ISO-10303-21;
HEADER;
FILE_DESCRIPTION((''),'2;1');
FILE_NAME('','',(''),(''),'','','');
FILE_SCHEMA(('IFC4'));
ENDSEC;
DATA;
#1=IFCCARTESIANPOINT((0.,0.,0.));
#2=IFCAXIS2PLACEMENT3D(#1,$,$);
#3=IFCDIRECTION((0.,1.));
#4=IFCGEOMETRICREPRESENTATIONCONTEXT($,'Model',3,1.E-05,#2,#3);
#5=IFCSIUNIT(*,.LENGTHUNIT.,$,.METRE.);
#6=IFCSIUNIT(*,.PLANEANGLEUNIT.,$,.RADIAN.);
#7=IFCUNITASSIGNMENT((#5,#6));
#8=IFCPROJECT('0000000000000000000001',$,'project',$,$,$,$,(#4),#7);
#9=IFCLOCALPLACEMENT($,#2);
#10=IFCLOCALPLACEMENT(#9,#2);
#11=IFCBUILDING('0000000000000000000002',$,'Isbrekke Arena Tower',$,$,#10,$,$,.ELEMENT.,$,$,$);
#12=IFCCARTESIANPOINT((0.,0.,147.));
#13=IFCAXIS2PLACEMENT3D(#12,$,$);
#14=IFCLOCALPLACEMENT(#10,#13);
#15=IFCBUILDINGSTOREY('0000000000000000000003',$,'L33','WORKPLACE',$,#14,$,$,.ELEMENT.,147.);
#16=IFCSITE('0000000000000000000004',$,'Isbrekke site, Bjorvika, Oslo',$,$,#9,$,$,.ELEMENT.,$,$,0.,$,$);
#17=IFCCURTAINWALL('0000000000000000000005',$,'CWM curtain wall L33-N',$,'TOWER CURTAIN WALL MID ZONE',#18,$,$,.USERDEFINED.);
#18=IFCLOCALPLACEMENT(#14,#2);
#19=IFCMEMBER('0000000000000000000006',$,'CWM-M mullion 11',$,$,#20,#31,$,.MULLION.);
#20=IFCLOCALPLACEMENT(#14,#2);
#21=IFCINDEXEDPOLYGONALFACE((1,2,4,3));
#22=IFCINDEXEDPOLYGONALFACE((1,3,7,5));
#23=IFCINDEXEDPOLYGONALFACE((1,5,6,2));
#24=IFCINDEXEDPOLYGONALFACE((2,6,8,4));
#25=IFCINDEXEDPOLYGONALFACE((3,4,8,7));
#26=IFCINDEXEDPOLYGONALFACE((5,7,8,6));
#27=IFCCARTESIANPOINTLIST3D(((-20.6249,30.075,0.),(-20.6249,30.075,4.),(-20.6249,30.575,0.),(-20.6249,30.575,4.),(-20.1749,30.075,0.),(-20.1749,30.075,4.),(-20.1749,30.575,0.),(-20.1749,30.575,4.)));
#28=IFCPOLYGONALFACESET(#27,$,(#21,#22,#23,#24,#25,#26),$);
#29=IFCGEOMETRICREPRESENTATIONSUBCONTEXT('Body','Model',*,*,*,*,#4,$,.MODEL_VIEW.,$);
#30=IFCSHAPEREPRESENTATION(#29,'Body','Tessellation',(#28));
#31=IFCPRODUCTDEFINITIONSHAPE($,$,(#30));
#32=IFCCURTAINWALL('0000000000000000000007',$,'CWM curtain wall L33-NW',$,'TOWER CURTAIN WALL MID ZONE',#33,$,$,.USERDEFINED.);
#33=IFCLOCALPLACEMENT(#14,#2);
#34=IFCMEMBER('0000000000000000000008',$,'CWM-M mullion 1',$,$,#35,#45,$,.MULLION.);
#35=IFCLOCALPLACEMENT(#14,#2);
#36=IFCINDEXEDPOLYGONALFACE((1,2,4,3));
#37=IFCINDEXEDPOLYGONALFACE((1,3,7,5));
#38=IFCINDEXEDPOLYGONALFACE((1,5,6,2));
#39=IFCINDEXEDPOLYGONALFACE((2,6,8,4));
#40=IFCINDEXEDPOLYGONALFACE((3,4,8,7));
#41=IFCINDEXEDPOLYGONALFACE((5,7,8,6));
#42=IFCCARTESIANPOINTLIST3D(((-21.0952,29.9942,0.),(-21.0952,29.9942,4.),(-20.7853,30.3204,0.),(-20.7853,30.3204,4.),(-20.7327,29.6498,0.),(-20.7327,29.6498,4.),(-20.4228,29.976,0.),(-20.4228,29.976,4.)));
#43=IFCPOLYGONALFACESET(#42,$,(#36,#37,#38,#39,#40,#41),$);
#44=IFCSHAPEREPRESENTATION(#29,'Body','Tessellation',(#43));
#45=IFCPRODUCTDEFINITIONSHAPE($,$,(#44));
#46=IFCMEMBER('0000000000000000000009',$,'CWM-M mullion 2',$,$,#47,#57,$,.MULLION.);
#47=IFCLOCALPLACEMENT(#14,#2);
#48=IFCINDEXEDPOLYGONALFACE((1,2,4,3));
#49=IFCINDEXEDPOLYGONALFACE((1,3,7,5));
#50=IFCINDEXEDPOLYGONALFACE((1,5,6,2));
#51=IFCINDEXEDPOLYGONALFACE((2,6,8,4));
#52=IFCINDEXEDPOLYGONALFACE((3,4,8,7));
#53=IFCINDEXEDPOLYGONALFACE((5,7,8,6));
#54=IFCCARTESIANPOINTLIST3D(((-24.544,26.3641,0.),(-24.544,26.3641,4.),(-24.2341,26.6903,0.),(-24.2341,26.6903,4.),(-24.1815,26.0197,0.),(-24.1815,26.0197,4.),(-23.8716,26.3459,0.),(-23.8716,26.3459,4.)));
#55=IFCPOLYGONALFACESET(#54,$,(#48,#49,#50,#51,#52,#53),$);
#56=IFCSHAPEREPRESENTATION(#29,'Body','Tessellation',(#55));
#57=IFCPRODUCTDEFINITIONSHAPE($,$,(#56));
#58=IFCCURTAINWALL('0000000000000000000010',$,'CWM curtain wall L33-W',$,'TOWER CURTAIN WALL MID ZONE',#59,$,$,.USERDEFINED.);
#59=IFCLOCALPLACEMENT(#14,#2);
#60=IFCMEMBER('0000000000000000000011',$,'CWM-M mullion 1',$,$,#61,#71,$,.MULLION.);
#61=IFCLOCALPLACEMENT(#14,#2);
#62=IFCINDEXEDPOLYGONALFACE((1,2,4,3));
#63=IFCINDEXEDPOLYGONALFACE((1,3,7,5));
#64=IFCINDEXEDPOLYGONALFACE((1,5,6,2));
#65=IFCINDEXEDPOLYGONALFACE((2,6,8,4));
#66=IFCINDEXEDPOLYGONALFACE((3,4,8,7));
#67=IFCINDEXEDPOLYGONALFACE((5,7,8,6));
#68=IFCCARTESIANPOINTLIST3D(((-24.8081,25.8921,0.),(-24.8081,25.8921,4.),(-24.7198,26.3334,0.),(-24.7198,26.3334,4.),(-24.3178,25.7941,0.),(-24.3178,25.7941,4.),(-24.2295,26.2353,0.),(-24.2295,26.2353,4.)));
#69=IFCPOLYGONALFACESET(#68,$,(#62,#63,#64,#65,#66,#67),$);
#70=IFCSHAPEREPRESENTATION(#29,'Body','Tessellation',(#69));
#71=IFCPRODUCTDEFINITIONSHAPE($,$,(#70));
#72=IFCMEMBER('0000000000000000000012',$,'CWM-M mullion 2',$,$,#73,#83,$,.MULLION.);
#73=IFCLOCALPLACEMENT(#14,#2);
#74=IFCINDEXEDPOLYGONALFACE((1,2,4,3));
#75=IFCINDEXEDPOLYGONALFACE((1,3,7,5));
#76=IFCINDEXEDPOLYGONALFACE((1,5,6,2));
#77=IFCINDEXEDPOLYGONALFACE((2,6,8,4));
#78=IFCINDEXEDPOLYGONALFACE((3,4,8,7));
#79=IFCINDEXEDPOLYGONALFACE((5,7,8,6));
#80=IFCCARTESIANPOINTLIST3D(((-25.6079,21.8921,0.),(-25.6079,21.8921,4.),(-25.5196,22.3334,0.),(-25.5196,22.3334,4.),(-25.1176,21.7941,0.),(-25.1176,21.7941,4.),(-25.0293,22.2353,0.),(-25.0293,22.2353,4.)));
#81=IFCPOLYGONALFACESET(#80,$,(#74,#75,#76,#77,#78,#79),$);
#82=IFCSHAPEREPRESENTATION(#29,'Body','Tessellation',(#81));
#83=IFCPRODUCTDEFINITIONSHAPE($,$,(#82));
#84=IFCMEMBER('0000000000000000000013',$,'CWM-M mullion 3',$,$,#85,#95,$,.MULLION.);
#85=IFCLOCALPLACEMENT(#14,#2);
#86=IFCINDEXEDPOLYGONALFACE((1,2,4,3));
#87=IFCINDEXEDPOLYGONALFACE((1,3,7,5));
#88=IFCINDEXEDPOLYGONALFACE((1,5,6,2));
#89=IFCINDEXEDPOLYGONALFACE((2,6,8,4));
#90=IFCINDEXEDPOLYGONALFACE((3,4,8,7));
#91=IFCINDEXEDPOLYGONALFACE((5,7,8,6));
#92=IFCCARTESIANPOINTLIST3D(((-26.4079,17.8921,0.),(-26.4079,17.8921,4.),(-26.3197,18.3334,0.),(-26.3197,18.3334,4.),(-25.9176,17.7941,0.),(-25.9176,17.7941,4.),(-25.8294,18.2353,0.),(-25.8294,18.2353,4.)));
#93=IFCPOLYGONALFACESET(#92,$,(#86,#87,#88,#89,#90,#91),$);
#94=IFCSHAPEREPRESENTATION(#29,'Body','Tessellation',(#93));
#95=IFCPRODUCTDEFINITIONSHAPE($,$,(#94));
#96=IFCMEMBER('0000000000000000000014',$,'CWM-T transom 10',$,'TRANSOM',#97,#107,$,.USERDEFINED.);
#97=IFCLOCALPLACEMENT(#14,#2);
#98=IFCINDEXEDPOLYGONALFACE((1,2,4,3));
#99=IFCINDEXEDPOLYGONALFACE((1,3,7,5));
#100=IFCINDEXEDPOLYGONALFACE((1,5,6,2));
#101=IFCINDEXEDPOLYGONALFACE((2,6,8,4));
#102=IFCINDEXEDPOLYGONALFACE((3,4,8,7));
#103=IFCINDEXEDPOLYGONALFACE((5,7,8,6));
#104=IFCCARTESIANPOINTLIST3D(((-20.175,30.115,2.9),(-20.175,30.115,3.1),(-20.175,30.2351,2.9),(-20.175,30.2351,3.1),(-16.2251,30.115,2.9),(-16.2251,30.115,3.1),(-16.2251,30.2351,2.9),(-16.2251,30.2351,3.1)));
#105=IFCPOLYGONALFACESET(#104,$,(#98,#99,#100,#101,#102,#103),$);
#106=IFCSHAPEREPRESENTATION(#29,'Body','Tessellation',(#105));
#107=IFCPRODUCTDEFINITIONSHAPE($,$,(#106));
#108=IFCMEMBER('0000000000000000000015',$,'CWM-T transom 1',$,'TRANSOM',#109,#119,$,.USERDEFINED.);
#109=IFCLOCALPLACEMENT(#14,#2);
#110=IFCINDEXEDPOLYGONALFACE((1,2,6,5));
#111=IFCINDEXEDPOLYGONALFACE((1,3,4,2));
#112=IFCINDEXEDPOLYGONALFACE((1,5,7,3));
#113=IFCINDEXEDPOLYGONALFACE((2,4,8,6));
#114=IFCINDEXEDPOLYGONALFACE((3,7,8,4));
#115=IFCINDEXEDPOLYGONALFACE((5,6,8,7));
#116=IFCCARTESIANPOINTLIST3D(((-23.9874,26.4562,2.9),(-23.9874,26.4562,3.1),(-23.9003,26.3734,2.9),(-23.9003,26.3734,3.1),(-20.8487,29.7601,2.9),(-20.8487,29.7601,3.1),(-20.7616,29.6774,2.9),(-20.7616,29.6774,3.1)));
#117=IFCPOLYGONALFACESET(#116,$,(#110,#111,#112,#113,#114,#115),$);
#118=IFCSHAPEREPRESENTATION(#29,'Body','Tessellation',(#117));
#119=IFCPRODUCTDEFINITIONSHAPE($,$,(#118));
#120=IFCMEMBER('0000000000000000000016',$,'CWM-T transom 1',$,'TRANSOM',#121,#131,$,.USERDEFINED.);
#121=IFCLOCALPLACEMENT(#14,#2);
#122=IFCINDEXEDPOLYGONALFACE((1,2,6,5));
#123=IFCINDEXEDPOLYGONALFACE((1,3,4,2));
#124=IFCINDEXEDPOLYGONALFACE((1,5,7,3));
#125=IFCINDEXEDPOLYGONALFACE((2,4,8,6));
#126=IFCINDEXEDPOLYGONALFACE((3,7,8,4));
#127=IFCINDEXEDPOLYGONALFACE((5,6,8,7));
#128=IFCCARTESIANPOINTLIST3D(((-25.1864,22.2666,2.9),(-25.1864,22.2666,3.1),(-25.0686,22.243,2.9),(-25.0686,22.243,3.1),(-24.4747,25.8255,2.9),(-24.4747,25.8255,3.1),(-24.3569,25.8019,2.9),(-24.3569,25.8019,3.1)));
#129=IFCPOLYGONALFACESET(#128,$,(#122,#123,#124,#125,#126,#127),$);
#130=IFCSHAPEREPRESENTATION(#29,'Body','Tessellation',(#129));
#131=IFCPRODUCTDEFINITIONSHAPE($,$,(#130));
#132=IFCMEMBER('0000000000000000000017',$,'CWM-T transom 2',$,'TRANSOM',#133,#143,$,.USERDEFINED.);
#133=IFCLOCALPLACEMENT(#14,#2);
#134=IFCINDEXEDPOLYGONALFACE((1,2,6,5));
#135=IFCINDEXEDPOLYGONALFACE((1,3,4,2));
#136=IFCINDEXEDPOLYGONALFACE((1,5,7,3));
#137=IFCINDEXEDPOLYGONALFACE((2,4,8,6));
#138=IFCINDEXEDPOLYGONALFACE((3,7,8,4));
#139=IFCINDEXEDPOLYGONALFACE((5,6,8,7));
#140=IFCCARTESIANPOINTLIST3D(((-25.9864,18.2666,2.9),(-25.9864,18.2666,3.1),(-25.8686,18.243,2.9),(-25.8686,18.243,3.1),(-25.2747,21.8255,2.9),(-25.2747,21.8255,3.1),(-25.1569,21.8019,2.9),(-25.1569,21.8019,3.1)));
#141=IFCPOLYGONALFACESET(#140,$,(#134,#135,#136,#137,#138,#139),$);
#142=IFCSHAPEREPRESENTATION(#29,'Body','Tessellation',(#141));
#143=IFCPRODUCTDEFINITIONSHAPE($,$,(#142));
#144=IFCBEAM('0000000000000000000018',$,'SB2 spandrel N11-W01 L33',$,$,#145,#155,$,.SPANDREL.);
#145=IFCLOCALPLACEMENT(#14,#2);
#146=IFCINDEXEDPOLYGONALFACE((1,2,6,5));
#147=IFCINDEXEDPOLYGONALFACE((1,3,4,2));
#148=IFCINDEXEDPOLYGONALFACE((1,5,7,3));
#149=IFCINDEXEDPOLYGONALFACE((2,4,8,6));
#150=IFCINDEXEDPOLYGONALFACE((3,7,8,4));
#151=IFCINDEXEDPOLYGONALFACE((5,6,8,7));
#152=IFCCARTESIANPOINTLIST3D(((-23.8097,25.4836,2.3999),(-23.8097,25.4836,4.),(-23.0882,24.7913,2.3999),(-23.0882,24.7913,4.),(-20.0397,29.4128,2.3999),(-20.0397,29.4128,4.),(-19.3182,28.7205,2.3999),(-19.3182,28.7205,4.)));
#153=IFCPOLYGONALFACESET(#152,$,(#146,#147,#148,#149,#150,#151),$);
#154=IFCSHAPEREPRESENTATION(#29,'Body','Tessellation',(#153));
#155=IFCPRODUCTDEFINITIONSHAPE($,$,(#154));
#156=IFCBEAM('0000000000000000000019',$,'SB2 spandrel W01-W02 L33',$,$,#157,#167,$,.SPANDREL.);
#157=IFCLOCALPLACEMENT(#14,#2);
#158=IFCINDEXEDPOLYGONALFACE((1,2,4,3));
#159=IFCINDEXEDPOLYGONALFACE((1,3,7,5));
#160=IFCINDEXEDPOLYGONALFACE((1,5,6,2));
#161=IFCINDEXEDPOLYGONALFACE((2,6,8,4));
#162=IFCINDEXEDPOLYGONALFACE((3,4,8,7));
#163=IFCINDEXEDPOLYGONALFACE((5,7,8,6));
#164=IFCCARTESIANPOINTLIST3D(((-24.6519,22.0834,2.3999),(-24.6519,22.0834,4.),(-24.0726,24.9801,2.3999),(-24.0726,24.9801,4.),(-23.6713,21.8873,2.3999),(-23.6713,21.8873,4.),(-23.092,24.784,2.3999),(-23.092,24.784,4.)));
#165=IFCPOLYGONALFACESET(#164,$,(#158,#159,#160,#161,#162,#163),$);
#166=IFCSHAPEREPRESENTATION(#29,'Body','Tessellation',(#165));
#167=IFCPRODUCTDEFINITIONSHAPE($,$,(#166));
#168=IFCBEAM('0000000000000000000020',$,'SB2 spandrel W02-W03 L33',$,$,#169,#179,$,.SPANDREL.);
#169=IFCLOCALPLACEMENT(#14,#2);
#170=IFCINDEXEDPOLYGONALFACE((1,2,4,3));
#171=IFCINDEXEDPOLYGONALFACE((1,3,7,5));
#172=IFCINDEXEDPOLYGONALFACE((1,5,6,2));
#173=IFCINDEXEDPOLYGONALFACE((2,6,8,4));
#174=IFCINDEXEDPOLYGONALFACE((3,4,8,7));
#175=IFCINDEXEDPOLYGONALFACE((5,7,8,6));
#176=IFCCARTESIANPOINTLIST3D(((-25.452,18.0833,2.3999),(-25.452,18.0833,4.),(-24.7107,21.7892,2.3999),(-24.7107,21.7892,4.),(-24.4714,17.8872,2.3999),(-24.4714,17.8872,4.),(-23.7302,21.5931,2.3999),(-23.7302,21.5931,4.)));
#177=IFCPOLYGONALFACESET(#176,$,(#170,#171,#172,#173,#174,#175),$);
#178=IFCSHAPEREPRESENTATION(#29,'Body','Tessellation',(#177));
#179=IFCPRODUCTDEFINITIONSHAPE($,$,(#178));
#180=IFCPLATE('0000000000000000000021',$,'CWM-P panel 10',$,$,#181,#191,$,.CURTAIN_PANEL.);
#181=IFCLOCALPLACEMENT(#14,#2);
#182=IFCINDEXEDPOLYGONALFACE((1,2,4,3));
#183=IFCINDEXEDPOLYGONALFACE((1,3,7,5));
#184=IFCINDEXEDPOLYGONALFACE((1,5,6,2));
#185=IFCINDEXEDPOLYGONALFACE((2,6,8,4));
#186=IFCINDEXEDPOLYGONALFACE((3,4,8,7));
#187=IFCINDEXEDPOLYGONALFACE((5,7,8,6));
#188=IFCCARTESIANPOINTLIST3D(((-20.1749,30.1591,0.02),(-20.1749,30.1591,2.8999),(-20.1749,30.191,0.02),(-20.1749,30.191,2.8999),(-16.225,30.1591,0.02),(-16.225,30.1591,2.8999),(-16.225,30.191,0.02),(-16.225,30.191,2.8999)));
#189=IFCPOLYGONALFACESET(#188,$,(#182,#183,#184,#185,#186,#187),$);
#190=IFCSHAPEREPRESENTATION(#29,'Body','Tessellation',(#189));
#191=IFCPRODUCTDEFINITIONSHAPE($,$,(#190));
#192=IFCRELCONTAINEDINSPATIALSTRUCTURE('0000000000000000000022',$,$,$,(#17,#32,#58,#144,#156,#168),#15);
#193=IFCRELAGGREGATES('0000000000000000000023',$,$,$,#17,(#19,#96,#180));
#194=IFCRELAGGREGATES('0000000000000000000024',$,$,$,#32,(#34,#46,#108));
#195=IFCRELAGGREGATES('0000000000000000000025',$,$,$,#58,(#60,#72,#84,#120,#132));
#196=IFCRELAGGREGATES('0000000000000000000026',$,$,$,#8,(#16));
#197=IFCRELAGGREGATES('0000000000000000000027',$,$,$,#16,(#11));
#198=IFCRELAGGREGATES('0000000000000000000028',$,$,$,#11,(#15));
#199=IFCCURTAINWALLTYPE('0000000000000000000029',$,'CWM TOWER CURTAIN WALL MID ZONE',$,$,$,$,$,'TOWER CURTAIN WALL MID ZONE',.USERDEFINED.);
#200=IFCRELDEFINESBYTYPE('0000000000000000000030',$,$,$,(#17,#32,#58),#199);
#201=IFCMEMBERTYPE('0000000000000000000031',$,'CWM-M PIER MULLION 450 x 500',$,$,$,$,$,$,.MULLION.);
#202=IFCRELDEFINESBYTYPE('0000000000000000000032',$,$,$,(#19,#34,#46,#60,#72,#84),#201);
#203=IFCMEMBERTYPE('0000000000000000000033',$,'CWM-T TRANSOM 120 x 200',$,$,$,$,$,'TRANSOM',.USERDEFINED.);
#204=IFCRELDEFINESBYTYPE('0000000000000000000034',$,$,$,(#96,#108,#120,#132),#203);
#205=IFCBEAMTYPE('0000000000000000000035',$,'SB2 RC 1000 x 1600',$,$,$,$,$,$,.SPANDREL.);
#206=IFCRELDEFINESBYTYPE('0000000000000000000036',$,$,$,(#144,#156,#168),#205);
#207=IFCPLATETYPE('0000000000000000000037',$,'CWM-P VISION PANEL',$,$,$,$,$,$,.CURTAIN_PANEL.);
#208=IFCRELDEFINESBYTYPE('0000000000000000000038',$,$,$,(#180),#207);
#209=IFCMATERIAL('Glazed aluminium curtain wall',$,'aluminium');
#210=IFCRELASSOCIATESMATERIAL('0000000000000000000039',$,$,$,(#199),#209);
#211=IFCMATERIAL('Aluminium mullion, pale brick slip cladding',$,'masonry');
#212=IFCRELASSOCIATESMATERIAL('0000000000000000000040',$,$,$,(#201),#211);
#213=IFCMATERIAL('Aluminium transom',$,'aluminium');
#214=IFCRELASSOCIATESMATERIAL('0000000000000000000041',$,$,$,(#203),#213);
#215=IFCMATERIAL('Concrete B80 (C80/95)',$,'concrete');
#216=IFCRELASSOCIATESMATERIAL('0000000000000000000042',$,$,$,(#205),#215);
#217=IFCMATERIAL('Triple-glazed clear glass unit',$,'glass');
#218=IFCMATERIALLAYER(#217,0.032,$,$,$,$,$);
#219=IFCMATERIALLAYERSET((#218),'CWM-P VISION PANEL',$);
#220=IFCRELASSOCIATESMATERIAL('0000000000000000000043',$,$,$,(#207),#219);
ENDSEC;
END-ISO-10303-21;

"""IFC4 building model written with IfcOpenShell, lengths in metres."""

from ifc_helpers import new_model, si_unit, direction, frame, origin, origin_2d, place, context, subcontext, project, spatial, rectangle, extrude, material, layer, layer_set, material_profile, profile_set, type_object, element, aggregate, save


model = new_model("IFC4")

# Units and contexts
model_context = context("Model", 3, precision=1e-05, world=origin(), true_north=direction((0.0, 1.0)))
body_context = subcontext(model_context, "Body", "Model", "MODEL_VIEW")
ifc_project = project(units=[si_unit("LENGTHUNIT", "METRE"), si_unit("PLANEANGLEUNIT", "RADIAN")], contexts=[model_context])

# Site, building, storey
site_placement = place(None, origin())
site = spatial("IfcSite", under=ifc_project, at=site_placement, Name="Isbrekke site, Bjorvika, Oslo", CompositionType="ELEMENT", RefElevation=0.0)
building_placement = place(site_placement, origin())
building = spatial("IfcBuilding", under=site, at=building_placement, Name="Isbrekke Arena Tower", CompositionType="ELEMENT")
storey_placement = place(building_placement, frame((0.0, 0.0, 147.0)))
storey = spatial("IfcBuildingStorey", under=building, at=storey_placement, Name="L33", Description="WORKPLACE", CompositionType="ELEMENT", Elevation=147.0)

# Curtain wall, member
ifc_material_1 = material(Name="Glazed aluminium curtain wall", Category="aluminium")
curtain_wall_type = type_object("IfcCurtainWallType", Name="CWM TOWER CURTAIN WALL MID ZONE", ElementType="TOWER CURTAIN WALL MID ZONE", PredefinedType="USERDEFINED", material=ifc_material_1)
curtain_wall_1_placement = place(storey_placement, origin())
curtain_wall_1 = element("IfcCurtainWall", 1, at=curtain_wall_1_placement, inside=storey, type_object=curtain_wall_type, Name="CWM curtain wall L33-N", ObjectType="TOWER CURTAIN WALL MID ZONE", PredefinedType="USERDEFINED")
ifc_material_2 = material(Name="Aluminium mullion, pale brick slip cladding", Category="masonry")
ifc_material_profile_1 = material_profile(ifc_material_2, rectangle(XDim=0.45, YDim=0.5, at=origin_2d()), Name="PIER 450X500")
ifc_profile_set_1 = profile_set([ifc_material_profile_1], Name="Aluminium mullion, pale brick slip cladding")
member_type_1 = type_object("IfcMemberType", Name="CWM-M PIER MULLION 450 x 500", PredefinedType="MULLION", material=ifc_profile_set_1)
member_1_placement = place(storey_placement, frame((-20.3999, 30.325, 0.0), z_axis=(0.0, 0.0, 1.0), x_axis=(-1.0, 0.0, 0.0)))
member_1 = element("IfcMember", 2, at=member_1_placement, type_object=member_type_1, Name="CWM-M mullion 11", PredefinedType="MULLION", context=body_context, shape_type="SweptSolid", body=[
    extrude(rectangle(XDim=0.45, YDim=0.5, at=origin_2d()), origin(), (0.0, 0.0, 1.0), 4.0),
])

# Curtain walls, members
curtain_wall_2_placement = place(storey_placement, origin())
curtain_wall_2 = element("IfcCurtainWall", 3, at=curtain_wall_2_placement, inside=storey, type_object=curtain_wall_type, Name="CWM curtain wall L33-NW", ObjectType="TOWER CURTAIN WALL MID ZONE", PredefinedType="USERDEFINED")
member_2_placement = place(storey_placement, frame((-20.759, 29.9851, 0.0), z_axis=(0.0, 0.0, 1.0), x_axis=(-0.688749, -0.724999, 0.0)))
member_2 = element("IfcMember", 4, at=member_2_placement, type_object=member_type_1, Name="CWM-M mullion 1", PredefinedType="MULLION", context=body_context, shape_type="SweptSolid", body=[
    extrude(rectangle(XDim=0.45, YDim=0.5, at=origin_2d()), origin(), (0.0, 0.0, 1.0), 4.0),
])
member_3_placement = place(storey_placement, frame((-24.2078, 26.355, 0.0), z_axis=(0.0, 0.0, 1.0), x_axis=(-0.688749, -0.724999, 0.0)))
member_3 = element("IfcMember", 5, at=member_3_placement, type_object=member_type_1, Name="CWM-M mullion 2", PredefinedType="MULLION", context=body_context, shape_type="SweptSolid", body=[
    extrude(rectangle(XDim=0.45, YDim=0.5, at=origin_2d()), origin(), (0.0, 0.0, 1.0), 4.0),
])
curtain_wall_3_placement = place(storey_placement, origin())
curtain_wall_3 = element("IfcCurtainWall", 6, at=curtain_wall_3_placement, inside=storey, type_object=curtain_wall_type, Name="CWM curtain wall L33-W", ObjectType="TOWER CURTAIN WALL MID ZONE", PredefinedType="USERDEFINED")
member_4_placement = place(storey_placement, frame((-24.5188, 26.0637, 0.0), z_axis=(0.0, 0.0, 1.0), x_axis=(-0.196116, -0.980581, 0.0)))
member_4 = element("IfcMember", 7, at=member_4_placement, type_object=member_type_1, Name="CWM-M mullion 1", PredefinedType="MULLION", context=body_context, shape_type="SweptSolid", body=[
    extrude(rectangle(XDim=0.45, YDim=0.5, at=origin_2d()), origin(), (0.0, 0.0, 1.0), 4.0),
])
member_5_placement = place(storey_placement, frame((-25.3186, 22.0637, 0.0), z_axis=(0.0, 0.0, 1.0), x_axis=(-0.196116, -0.980581, 0.0)))
member_5 = element("IfcMember", 8, at=member_5_placement, type_object=member_type_1, Name="CWM-M mullion 2", PredefinedType="MULLION", context=body_context, shape_type="SweptSolid", body=[
    extrude(rectangle(XDim=0.45, YDim=0.5, at=origin_2d()), origin(), (0.0, 0.0, 1.0), 4.0),
])
member_6_placement = place(storey_placement, frame((-26.1187, 18.0637, 0.0), z_axis=(0.0, 0.0, 1.0), x_axis=(-0.196116, -0.980581, 0.0)))
member_6 = element("IfcMember", 9, at=member_6_placement, type_object=member_type_1, Name="CWM-M mullion 3", PredefinedType="MULLION", context=body_context, shape_type="SweptSolid", body=[
    extrude(rectangle(XDim=0.45, YDim=0.5, at=origin_2d()), origin(), (0.0, 0.0, 1.0), 4.0),
])

# Members
ifc_material_3 = material(Name="Aluminium transom", Category="aluminium")
ifc_material_profile_2 = material_profile(ifc_material_3, rectangle(XDim=0.1201, YDim=0.2, at=origin_2d()), Name="TRANSOM 120X200")
ifc_profile_set_2 = profile_set([ifc_material_profile_2], Name="Aluminium transom")
member_type_2 = type_object("IfcMemberType", Name="CWM-T TRANSOM 120 x 200", ElementType="TRANSOM", PredefinedType="USERDEFINED", material=ifc_profile_set_2)
member_7_placement = place(storey_placement, frame((-16.2251, 30.175, 3.0), z_axis=(-1.0, 0.0, 0.0), x_axis=(0.0, -1.0, 0.0)))
member_7 = element("IfcMember", 10, at=member_7_placement, type_object=member_type_2, Name="CWM-T transom 10", ObjectType="TRANSOM", PredefinedType="USERDEFINED", context=body_context, shape_type="SweptSolid", body=[
    extrude(rectangle(XDim=0.1201, YDim=0.2, at=origin_2d()), origin(), (0.0, 0.0, 1.0), 3.95),
])
member_8_placement = place(storey_placement, frame((-20.8052, 29.7188, 3.0), z_axis=(-0.68874, -0.725009, 0.0), x_axis=(0.725009, -0.68874, 0.0)))
member_8 = element("IfcMember", 11, at=member_8_placement, type_object=member_type_2, Name="CWM-T transom 1", ObjectType="TRANSOM", PredefinedType="USERDEFINED", context=body_context, shape_type="SweptSolid", body=[
    extrude(rectangle(XDim=0.1201, YDim=0.2, at=origin_2d()), origin(), (0.0, 0.0, 1.0), 4.5571),
])
member_9_placement = place(storey_placement, frame((-24.4158, 25.8137, 3.0), z_axis=(-0.19609, -0.980586, 0.0), x_axis=(0.980586, -0.19609, 0.0)))
member_9 = element("IfcMember", 12, at=member_9_placement, type_object=member_type_2, Name="CWM-T transom 1", ObjectType="TRANSOM", PredefinedType="USERDEFINED", context=body_context, shape_type="SweptSolid", body=[
    extrude(rectangle(XDim=0.1201, YDim=0.2, at=origin_2d()), origin(), (0.0, 0.0, 1.0), 3.6294),
])
member_10_placement = place(storey_placement, frame((-25.2158, 21.8137, 3.0), z_axis=(-0.19609, -0.980586, 0.0), x_axis=(0.980586, -0.19609, 0.0)))
member_10 = element("IfcMember", 13, at=member_10_placement, type_object=member_type_2, Name="CWM-T transom 2", ObjectType="TRANSOM", PredefinedType="USERDEFINED", context=body_context, shape_type="SweptSolid", body=[
    extrude(rectangle(XDim=0.1201, YDim=0.2, at=origin_2d()), origin(), (0.0, 0.0, 1.0), 3.6294),
])

# Beams
ifc_material_4 = material(Name="Concrete B80 (C80/95)", Category="concrete")
ifc_material_profile_3 = material_profile(ifc_material_4, rectangle(XDim=1.0, YDim=1.6001, at=origin_2d()), Name="RC 1000x1600")
ifc_profile_set_3 = profile_set([ifc_material_profile_3], Name="Concrete B80 (C80/95)")
beam_type_1 = type_object("IfcBeamType", Name="SB2 RC 1000 x 1600", PredefinedType="SPANDREL", material=ifc_profile_set_3)
beam_1_placement = place(storey_placement, frame((-19.679, 29.0667, 3.2), z_axis=(-0.69234, -0.721572, 0.0), x_axis=(0.721572, -0.69234, 0.0)))
element("IfcBeam", 14, at=beam_1_placement, inside=storey, type_object=beam_type_1, Name="SB2 spandrel N11-W01 L33", PredefinedType="SPANDREL", context=body_context, shape_type="SweptSolid", body=[
    extrude(rectangle(XDim=1.0, YDim=1.6001, at=origin_2d()), origin(), (0.0, 0.0, 1.0), 5.4453),
])
beam_2_placement = place(storey_placement, frame((-23.5823, 24.8821, 3.2), z_axis=(-0.196116, -0.980581, 0.0), x_axis=(0.980581, -0.196116, 0.0)))
element("IfcBeam", 15, at=beam_2_placement, inside=storey, type_object=beam_type_1, Name="SB2 spandrel W01-W02 L33", PredefinedType="SPANDREL", context=body_context, shape_type="SweptSolid", body=[
    extrude(rectangle(XDim=1.0, YDim=1.6001, at=origin_2d()), origin(), (0.0, 0.0, 1.0), 2.9541),
])
beam_3_placement = place(storey_placement, frame((-24.2205, 21.6912, 3.2), z_axis=(-0.196129, -0.980578, 0.0), x_axis=(0.980578, -0.196129, 0.0)))
element("IfcBeam", 16, at=beam_3_placement, inside=storey, type_object=beam_type_1, Name="SB2 spandrel W02-W03 L33", PredefinedType="SPANDREL", context=body_context, shape_type="SweptSolid", body=[
    extrude(rectangle(XDim=1.0, YDim=1.6001, at=origin_2d()), origin(), (0.0, 0.0, 1.0), 3.7793),
])

# Plate
ifc_material_5 = material(Name="Triple-glazed clear glass unit", Category="glass")
ifc_layer_1 = layer(ifc_material_5, 0.032)
ifc_layer_set_1 = layer_set([ifc_layer_1], Name="CWM-P VISION PANEL")
plate_type = type_object("IfcPlateType", Name="CWM-P VISION PANEL", PredefinedType="CURTAIN_PANEL", material=ifc_layer_set_1)
plate_1_placement = place(storey_placement, frame((-18.2, 30.175, 0.02), z_axis=(0.0, 0.0, 1.0), x_axis=(-1.0, 0.0, 0.0)))
plate_1 = element("IfcPlate", 17, at=plate_1_placement, type_object=plate_type, Name="CWM-P panel 10", PredefinedType="CURTAIN_PANEL", context=body_context, shape_type="SweptSolid", body=[
    extrude(rectangle(XDim=3.95, YDim=0.032, at=origin_2d()), origin(), (0.0, 0.0, 1.0), 2.8799),
])
aggregate(curtain_wall_1, [member_1, member_7, plate_1])
aggregate(curtain_wall_2, [member_2, member_3, member_8])
aggregate(curtain_wall_3, [member_4, member_5, member_6, member_9, member_10])

save(model, "model.ifc")
